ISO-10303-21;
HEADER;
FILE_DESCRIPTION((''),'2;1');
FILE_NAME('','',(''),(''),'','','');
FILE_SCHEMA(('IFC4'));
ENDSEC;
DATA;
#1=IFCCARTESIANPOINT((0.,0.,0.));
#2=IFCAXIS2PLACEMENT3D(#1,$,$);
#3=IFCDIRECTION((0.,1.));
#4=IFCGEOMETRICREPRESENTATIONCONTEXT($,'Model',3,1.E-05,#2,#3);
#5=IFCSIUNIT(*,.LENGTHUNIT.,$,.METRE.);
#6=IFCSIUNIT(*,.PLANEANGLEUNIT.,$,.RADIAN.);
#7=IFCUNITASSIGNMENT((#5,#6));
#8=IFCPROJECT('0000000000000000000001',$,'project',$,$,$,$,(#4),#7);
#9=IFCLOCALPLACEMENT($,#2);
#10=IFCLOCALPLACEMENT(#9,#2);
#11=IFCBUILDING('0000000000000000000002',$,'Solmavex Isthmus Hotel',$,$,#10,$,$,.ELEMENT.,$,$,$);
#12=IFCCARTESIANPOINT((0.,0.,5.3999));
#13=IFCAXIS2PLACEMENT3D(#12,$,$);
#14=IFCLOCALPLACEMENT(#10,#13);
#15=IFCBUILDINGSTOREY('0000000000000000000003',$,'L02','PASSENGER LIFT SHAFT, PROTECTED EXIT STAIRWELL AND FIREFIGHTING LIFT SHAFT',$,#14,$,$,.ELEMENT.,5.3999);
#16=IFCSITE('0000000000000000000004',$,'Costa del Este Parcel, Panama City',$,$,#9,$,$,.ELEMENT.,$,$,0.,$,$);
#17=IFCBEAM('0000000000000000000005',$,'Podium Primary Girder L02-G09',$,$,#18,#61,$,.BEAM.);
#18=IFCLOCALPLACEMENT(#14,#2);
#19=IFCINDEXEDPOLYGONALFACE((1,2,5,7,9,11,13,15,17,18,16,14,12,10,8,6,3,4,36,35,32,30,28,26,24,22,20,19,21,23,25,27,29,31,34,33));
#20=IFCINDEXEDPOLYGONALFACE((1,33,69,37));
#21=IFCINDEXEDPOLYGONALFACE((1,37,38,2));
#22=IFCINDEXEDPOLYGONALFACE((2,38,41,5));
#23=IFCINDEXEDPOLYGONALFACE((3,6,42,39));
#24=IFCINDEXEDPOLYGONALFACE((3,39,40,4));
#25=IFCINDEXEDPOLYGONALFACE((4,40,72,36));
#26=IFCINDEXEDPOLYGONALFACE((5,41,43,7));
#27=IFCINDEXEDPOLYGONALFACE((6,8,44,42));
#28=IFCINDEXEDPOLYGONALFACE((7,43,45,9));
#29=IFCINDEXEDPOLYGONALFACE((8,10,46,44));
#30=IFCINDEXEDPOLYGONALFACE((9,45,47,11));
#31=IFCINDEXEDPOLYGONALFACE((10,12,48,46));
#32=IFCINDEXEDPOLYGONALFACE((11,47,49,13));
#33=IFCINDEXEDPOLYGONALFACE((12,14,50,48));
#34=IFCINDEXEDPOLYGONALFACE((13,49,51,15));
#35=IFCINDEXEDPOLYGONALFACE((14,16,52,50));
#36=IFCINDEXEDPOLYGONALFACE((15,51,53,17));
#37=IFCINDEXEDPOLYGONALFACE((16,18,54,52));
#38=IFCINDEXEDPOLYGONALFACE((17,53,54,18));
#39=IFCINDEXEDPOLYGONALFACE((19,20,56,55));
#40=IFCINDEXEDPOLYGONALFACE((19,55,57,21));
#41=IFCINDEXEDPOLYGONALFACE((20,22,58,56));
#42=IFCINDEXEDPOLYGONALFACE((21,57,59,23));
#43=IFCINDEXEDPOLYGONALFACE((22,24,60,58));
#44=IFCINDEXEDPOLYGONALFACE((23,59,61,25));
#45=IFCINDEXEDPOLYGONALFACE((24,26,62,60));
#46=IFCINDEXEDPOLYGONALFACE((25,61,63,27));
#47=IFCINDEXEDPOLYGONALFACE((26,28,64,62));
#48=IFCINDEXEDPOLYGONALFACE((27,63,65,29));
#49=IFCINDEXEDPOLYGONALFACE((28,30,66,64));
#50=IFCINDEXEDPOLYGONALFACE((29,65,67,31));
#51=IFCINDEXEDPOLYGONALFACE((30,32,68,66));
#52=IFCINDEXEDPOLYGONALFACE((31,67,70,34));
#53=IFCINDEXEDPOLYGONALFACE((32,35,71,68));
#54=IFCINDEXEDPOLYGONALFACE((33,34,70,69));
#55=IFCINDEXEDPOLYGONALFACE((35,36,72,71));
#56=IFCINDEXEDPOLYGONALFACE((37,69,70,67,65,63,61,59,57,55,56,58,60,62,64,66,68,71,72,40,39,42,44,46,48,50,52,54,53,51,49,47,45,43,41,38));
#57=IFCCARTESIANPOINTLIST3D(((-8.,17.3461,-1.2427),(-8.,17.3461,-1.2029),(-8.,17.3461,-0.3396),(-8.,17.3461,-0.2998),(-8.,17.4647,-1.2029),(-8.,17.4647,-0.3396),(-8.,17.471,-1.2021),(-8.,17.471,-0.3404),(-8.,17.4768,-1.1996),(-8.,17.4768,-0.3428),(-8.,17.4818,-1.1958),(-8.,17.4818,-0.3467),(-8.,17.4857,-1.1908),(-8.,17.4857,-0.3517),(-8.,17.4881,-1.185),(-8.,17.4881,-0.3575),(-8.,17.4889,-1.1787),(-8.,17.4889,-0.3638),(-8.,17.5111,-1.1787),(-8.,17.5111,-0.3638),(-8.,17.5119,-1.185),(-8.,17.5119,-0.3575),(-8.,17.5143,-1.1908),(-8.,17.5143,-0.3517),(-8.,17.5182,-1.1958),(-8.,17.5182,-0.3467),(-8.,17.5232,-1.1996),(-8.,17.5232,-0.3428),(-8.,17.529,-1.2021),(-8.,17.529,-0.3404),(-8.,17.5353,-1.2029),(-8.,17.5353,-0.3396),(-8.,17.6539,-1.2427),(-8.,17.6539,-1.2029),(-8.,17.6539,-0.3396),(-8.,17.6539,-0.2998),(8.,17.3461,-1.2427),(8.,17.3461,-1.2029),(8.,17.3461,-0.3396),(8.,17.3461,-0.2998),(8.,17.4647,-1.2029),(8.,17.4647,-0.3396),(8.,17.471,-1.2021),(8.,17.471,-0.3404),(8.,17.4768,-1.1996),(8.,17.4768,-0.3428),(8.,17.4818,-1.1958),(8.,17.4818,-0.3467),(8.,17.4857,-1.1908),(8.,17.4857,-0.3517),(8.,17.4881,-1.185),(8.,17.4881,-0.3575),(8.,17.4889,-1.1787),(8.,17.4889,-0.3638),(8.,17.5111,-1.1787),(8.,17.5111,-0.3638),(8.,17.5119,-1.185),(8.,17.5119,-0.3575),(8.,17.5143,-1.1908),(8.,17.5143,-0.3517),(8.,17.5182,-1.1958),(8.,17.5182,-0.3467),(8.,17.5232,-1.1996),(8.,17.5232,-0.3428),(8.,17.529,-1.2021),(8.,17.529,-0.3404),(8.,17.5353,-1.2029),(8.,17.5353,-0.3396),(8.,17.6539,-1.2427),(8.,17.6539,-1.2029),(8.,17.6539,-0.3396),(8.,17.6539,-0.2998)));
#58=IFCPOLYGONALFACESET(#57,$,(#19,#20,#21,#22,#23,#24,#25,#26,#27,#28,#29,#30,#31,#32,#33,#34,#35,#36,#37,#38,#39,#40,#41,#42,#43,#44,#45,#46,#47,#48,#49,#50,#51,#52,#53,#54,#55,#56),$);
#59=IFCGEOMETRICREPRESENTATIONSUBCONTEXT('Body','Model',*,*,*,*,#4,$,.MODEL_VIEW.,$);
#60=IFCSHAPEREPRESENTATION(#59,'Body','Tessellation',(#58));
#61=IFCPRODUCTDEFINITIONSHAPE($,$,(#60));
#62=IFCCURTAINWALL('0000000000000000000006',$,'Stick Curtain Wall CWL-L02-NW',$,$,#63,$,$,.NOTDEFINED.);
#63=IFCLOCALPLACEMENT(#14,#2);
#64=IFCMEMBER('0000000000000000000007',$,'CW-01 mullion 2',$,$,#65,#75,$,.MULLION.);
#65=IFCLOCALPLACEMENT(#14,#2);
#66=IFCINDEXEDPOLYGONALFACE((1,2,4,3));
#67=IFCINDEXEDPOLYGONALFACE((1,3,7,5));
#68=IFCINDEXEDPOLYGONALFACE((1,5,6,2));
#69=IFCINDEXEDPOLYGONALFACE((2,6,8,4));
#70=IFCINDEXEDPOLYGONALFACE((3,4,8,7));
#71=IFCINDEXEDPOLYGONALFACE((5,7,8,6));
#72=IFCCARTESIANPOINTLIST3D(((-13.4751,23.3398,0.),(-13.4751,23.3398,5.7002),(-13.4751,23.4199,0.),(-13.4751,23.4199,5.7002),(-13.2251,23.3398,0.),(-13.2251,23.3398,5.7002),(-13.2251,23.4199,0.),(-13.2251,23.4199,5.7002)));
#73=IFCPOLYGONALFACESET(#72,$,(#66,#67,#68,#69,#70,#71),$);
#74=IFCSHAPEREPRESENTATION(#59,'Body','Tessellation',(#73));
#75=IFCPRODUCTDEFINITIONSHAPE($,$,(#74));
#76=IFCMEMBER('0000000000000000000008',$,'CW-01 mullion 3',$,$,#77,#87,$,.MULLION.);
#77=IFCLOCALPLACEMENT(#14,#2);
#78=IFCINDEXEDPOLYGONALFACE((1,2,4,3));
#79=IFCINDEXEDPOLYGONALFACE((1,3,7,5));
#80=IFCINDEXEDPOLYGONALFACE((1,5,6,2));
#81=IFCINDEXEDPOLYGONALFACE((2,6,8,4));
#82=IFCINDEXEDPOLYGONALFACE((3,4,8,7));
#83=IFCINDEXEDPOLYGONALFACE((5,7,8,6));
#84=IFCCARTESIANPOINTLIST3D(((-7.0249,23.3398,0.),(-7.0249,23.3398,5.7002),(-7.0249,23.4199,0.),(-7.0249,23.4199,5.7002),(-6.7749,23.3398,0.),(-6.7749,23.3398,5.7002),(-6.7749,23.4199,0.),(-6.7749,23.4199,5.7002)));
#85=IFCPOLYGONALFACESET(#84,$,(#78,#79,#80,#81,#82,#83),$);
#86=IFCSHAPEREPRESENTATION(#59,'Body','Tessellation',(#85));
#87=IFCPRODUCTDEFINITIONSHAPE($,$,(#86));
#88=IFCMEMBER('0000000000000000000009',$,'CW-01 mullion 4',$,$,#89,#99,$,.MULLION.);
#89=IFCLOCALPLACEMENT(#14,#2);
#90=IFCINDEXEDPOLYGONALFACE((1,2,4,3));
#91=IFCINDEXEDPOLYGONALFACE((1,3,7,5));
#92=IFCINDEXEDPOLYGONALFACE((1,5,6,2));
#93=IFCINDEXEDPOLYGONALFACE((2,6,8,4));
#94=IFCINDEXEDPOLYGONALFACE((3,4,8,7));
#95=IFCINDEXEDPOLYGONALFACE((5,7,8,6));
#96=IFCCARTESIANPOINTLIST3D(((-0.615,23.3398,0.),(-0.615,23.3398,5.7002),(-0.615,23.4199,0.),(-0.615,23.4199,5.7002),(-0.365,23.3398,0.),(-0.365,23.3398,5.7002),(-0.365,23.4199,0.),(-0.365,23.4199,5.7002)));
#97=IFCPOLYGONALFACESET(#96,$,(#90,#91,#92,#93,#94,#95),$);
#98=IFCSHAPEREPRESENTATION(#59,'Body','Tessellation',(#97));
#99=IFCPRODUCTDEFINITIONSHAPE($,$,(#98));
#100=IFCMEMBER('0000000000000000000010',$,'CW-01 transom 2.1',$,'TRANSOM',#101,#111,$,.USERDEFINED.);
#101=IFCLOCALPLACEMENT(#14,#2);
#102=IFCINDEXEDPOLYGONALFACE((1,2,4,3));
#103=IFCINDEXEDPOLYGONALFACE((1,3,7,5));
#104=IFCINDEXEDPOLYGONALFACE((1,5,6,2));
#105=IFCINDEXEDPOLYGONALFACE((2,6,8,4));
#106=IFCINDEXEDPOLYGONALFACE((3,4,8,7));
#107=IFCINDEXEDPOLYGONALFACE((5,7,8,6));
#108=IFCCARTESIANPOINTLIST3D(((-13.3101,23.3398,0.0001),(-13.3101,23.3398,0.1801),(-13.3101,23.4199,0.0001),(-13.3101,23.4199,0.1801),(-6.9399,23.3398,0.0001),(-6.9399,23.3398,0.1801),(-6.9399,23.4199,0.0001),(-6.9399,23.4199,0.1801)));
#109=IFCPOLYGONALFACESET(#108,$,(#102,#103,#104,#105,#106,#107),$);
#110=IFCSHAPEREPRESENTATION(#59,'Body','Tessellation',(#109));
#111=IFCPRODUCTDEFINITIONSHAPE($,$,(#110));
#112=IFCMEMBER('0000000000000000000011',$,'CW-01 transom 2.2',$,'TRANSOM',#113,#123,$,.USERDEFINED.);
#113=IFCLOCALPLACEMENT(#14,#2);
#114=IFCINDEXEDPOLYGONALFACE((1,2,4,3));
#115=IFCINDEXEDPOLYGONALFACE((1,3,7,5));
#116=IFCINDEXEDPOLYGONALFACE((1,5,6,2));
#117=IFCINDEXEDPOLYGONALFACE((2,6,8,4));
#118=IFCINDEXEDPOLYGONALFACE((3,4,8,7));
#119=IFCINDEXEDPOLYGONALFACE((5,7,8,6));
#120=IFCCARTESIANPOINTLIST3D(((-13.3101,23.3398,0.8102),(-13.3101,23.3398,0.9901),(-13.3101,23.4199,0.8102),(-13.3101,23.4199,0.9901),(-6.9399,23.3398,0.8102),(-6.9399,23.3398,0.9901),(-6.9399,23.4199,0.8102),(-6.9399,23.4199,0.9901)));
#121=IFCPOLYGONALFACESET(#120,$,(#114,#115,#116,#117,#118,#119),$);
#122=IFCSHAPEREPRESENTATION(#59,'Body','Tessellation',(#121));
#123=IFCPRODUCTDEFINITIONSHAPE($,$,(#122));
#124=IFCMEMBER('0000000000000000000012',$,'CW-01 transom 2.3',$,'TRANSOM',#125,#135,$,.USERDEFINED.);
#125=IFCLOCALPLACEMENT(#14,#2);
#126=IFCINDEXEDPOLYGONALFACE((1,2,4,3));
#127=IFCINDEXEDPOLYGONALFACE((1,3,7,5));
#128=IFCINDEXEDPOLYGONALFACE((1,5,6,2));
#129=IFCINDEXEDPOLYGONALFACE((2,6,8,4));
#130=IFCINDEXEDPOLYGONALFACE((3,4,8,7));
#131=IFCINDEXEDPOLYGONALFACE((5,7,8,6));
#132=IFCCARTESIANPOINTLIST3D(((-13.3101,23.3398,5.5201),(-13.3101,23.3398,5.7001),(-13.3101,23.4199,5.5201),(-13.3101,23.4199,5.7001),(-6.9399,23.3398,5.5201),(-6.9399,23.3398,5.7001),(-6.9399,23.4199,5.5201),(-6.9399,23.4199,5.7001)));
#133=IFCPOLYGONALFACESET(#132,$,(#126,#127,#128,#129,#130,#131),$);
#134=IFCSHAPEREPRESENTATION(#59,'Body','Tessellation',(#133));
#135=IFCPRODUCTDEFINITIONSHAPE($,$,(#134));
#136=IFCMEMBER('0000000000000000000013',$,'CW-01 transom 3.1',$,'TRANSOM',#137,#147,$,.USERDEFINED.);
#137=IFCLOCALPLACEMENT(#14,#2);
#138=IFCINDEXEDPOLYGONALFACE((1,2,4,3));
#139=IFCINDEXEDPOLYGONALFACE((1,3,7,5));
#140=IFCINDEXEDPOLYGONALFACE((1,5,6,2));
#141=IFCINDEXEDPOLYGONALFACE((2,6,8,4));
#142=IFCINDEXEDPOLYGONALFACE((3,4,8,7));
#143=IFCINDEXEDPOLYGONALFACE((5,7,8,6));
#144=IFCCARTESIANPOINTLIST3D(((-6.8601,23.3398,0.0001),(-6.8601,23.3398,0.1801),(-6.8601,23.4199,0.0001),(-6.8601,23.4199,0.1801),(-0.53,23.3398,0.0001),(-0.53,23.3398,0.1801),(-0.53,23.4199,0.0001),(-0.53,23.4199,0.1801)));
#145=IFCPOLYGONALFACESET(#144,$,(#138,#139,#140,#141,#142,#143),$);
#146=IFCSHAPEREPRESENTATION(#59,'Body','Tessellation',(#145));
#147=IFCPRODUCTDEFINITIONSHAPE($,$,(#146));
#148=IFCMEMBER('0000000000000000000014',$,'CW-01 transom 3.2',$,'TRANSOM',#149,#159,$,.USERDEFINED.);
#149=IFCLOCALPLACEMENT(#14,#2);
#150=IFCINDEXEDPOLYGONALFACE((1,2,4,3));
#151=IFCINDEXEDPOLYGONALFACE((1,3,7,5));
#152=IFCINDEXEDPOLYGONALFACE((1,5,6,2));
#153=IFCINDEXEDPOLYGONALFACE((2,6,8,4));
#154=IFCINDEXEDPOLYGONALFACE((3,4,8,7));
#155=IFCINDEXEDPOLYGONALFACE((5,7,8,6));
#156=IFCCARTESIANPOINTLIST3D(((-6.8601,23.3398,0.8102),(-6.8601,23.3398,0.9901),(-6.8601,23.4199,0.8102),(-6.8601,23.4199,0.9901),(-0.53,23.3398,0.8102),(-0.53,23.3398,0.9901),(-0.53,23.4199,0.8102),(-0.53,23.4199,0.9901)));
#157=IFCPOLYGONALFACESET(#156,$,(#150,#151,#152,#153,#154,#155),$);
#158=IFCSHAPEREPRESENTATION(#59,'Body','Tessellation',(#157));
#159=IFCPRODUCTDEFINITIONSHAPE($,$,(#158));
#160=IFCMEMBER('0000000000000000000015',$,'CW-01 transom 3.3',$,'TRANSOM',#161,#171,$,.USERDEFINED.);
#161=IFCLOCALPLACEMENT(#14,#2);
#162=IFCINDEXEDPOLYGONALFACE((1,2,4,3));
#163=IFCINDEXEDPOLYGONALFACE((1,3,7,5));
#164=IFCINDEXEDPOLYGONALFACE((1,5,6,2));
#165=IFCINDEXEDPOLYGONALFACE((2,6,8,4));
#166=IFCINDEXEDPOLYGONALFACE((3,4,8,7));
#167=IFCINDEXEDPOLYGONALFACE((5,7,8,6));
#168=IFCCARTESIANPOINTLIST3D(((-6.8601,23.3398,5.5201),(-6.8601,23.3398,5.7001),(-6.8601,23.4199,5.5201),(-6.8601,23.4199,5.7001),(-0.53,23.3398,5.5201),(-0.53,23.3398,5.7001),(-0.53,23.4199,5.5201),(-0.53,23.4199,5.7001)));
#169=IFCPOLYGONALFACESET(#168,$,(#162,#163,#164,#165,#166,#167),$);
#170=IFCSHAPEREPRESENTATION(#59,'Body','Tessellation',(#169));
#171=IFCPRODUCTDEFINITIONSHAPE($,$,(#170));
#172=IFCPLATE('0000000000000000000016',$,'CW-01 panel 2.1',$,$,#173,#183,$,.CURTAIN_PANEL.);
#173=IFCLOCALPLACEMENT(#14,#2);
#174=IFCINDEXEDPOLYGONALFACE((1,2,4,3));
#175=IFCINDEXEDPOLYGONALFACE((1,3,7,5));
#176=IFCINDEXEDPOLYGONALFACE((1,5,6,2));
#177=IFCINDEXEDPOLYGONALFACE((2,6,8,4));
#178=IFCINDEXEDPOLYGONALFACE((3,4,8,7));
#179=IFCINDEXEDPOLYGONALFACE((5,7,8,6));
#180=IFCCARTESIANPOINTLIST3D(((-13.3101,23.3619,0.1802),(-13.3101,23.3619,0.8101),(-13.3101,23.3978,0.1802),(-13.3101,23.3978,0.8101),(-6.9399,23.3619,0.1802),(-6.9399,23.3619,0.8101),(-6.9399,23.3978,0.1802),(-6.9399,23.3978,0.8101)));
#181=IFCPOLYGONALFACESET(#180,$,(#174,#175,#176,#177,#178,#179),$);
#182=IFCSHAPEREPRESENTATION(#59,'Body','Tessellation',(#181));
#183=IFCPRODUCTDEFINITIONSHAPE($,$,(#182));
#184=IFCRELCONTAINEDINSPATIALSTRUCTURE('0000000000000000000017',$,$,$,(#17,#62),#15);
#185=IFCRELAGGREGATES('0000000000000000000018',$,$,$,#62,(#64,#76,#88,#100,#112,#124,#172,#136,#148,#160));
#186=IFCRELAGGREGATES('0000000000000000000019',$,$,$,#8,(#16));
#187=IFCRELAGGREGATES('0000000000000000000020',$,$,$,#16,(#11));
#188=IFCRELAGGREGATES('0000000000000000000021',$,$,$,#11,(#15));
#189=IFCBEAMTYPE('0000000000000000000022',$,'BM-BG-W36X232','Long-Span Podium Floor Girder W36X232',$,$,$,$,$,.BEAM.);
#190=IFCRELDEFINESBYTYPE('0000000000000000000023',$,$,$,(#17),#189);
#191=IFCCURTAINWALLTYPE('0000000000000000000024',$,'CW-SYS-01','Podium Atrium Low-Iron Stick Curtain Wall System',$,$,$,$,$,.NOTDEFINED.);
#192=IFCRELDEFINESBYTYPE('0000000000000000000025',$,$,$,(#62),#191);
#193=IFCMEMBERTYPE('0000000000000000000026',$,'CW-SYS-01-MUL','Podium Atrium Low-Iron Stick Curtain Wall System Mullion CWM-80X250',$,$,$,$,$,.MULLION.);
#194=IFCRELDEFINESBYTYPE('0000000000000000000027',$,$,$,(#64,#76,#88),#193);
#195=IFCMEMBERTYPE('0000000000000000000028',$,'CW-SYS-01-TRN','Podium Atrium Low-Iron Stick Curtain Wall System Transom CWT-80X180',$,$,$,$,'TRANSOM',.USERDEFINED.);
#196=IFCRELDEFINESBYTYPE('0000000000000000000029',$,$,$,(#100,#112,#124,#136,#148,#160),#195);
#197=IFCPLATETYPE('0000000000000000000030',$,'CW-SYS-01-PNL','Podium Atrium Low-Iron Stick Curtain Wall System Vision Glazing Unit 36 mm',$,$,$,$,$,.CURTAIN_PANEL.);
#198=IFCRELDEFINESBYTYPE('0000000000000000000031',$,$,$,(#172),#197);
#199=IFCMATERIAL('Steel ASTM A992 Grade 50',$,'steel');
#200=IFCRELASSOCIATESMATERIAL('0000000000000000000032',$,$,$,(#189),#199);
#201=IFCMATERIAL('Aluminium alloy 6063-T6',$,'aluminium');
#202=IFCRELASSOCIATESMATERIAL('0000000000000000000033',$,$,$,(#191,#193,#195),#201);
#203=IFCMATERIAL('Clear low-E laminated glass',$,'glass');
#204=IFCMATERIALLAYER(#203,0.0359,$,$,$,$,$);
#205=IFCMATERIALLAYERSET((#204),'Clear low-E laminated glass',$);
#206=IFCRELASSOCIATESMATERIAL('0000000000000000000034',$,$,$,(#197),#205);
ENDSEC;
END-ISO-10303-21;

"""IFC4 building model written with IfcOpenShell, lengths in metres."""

from ifc_helpers import new_model, si_unit, direction, frame, origin, origin_2d, place, context, subcontext, project, spatial, rectangle, i_section, extrude, material, layer, layer_set, material_profile, profile_set, type_object, element, aggregate, save


model = new_model("IFC4")

# Units and contexts
model_context = context("Model", 3, precision=1e-05, world=origin(), true_north=direction((0.0, 1.0)))
body_context = subcontext(model_context, "Body", "Model", "MODEL_VIEW")
ifc_project = project(units=[si_unit("LENGTHUNIT", "METRE"), si_unit("PLANEANGLEUNIT", "RADIAN")], contexts=[model_context])

# Site, building, storey
site_placement = place(None, origin())
site = spatial("IfcSite", under=ifc_project, at=site_placement, Name="Costa del Este Parcel, Panama City", CompositionType="ELEMENT", RefElevation=0.0)
building_placement = place(site_placement, origin())
building = spatial("IfcBuilding", under=site, at=building_placement, Name="Solmavex Isthmus Hotel", CompositionType="ELEMENT")
storey_placement = place(building_placement, frame((0.0, 0.0, 5.3999)))
storey = spatial("IfcBuildingStorey", under=building, at=storey_placement, Name="L02", Description="PASSENGER LIFT SHAFT, PROTECTED EXIT STAIRWELL AND FIREFIGHTING LIFT SHAFT", CompositionType="ELEMENT", Elevation=5.3999)

# Beam
ifc_material_1 = material(Name="Steel ASTM A992 Grade 50", Category="steel")
ifc_material_profile_1 = material_profile(ifc_material_1, i_section(OverallWidth=0.3079, OverallDepth=0.9429, WebThickness=0.0222, FlangeThickness=0.0398, FilletRadius=0.0242, at=origin_2d()), Name="W36X232")
ifc_profile_set_1 = profile_set([ifc_material_profile_1], Name="Steel ASTM A992 Grade 50")
beam_type_1 = type_object("IfcBeamType", Name="BM-BG-W36X232", Description="Long-Span Podium Floor Girder W36X232", PredefinedType="BEAM", material=ifc_profile_set_1)
beam_1_placement = place(storey_placement, frame((-8.0, 17.5, -0.7712), z_axis=(1.0, 0.0, 0.0), x_axis=(0.0, 1.0, 0.0)))
element("IfcBeam", 1, at=beam_1_placement, inside=storey, type_object=beam_type_1, Name="Podium Primary Girder L02-G09", PredefinedType="BEAM", context=body_context, shape_type="SweptSolid", body=[
    extrude(i_section(OverallWidth=0.3079, OverallDepth=0.9429, WebThickness=0.0222, FlangeThickness=0.0398, FilletRadius=0.0242, at=origin_2d()), origin(), (0.0, 0.0, 1.0), 16.0),
])

# Curtain wall, members, plate
ifc_material_2 = material(Name="Aluminium alloy 6063-T6", Category="aluminium")
curtain_wall_type = type_object("IfcCurtainWallType", Name="CW-SYS-01", Description="Podium Atrium Low-Iron Stick Curtain Wall System", PredefinedType="NOTDEFINED", material=ifc_material_2)
curtain_wall_placement = place(storey_placement, origin())
curtain_wall = element("IfcCurtainWall", 2, at=curtain_wall_placement, inside=storey, type_object=curtain_wall_type, Name="Stick Curtain Wall CWL-L02-NW", PredefinedType="NOTDEFINED")
ifc_material_profile_2 = material_profile(ifc_material_2, rectangle(XDim=0.0801, YDim=0.25, at=origin_2d()), Name="CWM-80X250")
ifc_profile_set_2 = profile_set([ifc_material_profile_2], Name="Aluminium alloy 6063-T6")
member_type_1 = type_object("IfcMemberType", Name="CW-SYS-01-MUL", Description="Podium Atrium Low-Iron Stick Curtain Wall System Mullion CWM-80X250", PredefinedType="MULLION", material=ifc_profile_set_2)
member_1_placement = place(storey_placement, frame((-13.3501, 23.3799, 0.0), z_axis=(0.0, 0.0, 1.0), x_axis=(0.0, 1.0, 0.0)))
member_1 = element("IfcMember", 3, at=member_1_placement, type_object=member_type_1, Name="CW-01 mullion 2", PredefinedType="MULLION", context=body_context, shape_type="SweptSolid", body=[
    extrude(rectangle(XDim=0.0801, YDim=0.25, at=origin_2d()), origin(), (0.0, 0.0, 1.0), 5.7002),
])
member_2_placement = place(storey_placement, frame((-6.8999, 23.3799, 0.0), z_axis=(0.0, 0.0, 1.0), x_axis=(0.0, 1.0, 0.0)))
member_2 = element("IfcMember", 4, at=member_2_placement, type_object=member_type_1, Name="CW-01 mullion 3", PredefinedType="MULLION", context=body_context, shape_type="SweptSolid", body=[
    extrude(rectangle(XDim=0.0801, YDim=0.25, at=origin_2d()), origin(), (0.0, 0.0, 1.0), 5.7002),
])
member_3_placement = place(storey_placement, frame((-0.49, 23.3799, 0.0), z_axis=(0.0, 0.0, 1.0), x_axis=(0.0, 1.0, 0.0)))
member_3 = element("IfcMember", 5, at=member_3_placement, type_object=member_type_1, Name="CW-01 mullion 4", PredefinedType="MULLION", context=body_context, shape_type="SweptSolid", body=[
    extrude(rectangle(XDim=0.0801, YDim=0.25, at=origin_2d()), origin(), (0.0, 0.0, 1.0), 5.7002),
])
ifc_material_profile_3 = material_profile(ifc_material_2, rectangle(XDim=0.0801, YDim=0.1799, at=origin_2d()), Name="CWT-80X180")
ifc_profile_set_3 = profile_set([ifc_material_profile_3], Name="Aluminium alloy 6063-T6")
member_type_2 = type_object("IfcMemberType", Name="CW-SYS-01-TRN", Description="Podium Atrium Low-Iron Stick Curtain Wall System Transom CWT-80X180", ElementType="TRANSOM", PredefinedType="USERDEFINED", material=ifc_profile_set_3)
member_4_placement = place(storey_placement, frame((-13.3101, 23.3799, 0.0901), z_axis=(1.0, 0.0, 0.0), x_axis=(0.0, 1.0, 0.0)))
member_4 = element("IfcMember", 6, at=member_4_placement, type_object=member_type_2, Name="CW-01 transom 2.1", ObjectType="TRANSOM", PredefinedType="USERDEFINED", context=body_context, shape_type="SweptSolid", body=[
    extrude(rectangle(XDim=0.0801, YDim=0.1799, at=origin_2d()), origin(), (0.0, 0.0, 1.0), 6.3701),
])
member_5_placement = place(storey_placement, frame((-13.3101, 23.3799, 0.9001), z_axis=(1.0, 0.0, 0.0), x_axis=(0.0, 1.0, 0.0)))
member_5 = element("IfcMember", 7, at=member_5_placement, type_object=member_type_2, Name="CW-01 transom 2.2", ObjectType="TRANSOM", PredefinedType="USERDEFINED", context=body_context, shape_type="SweptSolid", body=[
    extrude(rectangle(XDim=0.0801, YDim=0.1799, at=origin_2d()), origin(), (0.0, 0.0, 1.0), 6.3701),
])
member_6_placement = place(storey_placement, frame((-13.3101, 23.3799, 5.6101), z_axis=(1.0, 0.0, 0.0), x_axis=(0.0, 1.0, 0.0)))
member_6 = element("IfcMember", 8, at=member_6_placement, type_object=member_type_2, Name="CW-01 transom 2.3", ObjectType="TRANSOM", PredefinedType="USERDEFINED", context=body_context, shape_type="SweptSolid", body=[
    extrude(rectangle(XDim=0.0801, YDim=0.1799, at=origin_2d()), origin(), (0.0, 0.0, 1.0), 6.3701),
])
member_7_placement = place(storey_placement, frame((-6.8601, 23.3799, 0.0901), z_axis=(1.0, 0.0, 0.0), x_axis=(0.0, 1.0, 0.0)))
member_7 = element("IfcMember", 9, at=member_7_placement, type_object=member_type_2, Name="CW-01 transom 3.1", ObjectType="TRANSOM", PredefinedType="USERDEFINED", context=body_context, shape_type="SweptSolid", body=[
    extrude(rectangle(XDim=0.0801, YDim=0.1799, at=origin_2d()), origin(), (0.0, 0.0, 1.0), 6.3301),
])
member_8_placement = place(storey_placement, frame((-6.8601, 23.3799, 0.9001), z_axis=(1.0, 0.0, 0.0), x_axis=(0.0, 1.0, 0.0)))
member_8 = element("IfcMember", 10, at=member_8_placement, type_object=member_type_2, Name="CW-01 transom 3.2", ObjectType="TRANSOM", PredefinedType="USERDEFINED", context=body_context, shape_type="SweptSolid", body=[
    extrude(rectangle(XDim=0.0801, YDim=0.1799, at=origin_2d()), origin(), (0.0, 0.0, 1.0), 6.3301),
])
member_9_placement = place(storey_placement, frame((-6.8601, 23.3799, 5.6101), z_axis=(1.0, 0.0, 0.0), x_axis=(0.0, 1.0, 0.0)))
member_9 = element("IfcMember", 11, at=member_9_placement, type_object=member_type_2, Name="CW-01 transom 3.3", ObjectType="TRANSOM", PredefinedType="USERDEFINED", context=body_context, shape_type="SweptSolid", body=[
    extrude(rectangle(XDim=0.0801, YDim=0.1799, at=origin_2d()), origin(), (0.0, 0.0, 1.0), 6.3301),
])
ifc_material_3 = material(Name="Clear low-E laminated glass", Category="glass")
ifc_layer_1 = layer(ifc_material_3, 0.0359)
ifc_layer_set_1 = layer_set([ifc_layer_1], Name="Clear low-E laminated glass")
plate_type_1 = type_object("IfcPlateType", Name="CW-SYS-01-PNL", Description="Podium Atrium Low-Iron Stick Curtain Wall System Vision Glazing Unit 36 mm", PredefinedType="CURTAIN_PANEL", material=ifc_layer_set_1)
plate_1_placement = place(storey_placement, frame((-10.125, 23.3799, 0.1802), z_axis=(0.0, 0.0, 1.0), x_axis=(1.0, 0.0, 0.0)))
plate_1 = element("IfcPlate", 12, at=plate_1_placement, type_object=plate_type_1, Name="CW-01 panel 2.1", PredefinedType="CURTAIN_PANEL", context=body_context, shape_type="SweptSolid", body=[
    extrude(rectangle(XDim=6.3701, YDim=0.0359, at=origin_2d()), origin(), (0.0, 0.0, 1.0), 0.6299),
])
aggregate(curtain_wall, [member_1, member_2, member_3, member_4, member_5, member_6, plate_1, member_7, member_8, member_9])

save(model, "model.ifc")
